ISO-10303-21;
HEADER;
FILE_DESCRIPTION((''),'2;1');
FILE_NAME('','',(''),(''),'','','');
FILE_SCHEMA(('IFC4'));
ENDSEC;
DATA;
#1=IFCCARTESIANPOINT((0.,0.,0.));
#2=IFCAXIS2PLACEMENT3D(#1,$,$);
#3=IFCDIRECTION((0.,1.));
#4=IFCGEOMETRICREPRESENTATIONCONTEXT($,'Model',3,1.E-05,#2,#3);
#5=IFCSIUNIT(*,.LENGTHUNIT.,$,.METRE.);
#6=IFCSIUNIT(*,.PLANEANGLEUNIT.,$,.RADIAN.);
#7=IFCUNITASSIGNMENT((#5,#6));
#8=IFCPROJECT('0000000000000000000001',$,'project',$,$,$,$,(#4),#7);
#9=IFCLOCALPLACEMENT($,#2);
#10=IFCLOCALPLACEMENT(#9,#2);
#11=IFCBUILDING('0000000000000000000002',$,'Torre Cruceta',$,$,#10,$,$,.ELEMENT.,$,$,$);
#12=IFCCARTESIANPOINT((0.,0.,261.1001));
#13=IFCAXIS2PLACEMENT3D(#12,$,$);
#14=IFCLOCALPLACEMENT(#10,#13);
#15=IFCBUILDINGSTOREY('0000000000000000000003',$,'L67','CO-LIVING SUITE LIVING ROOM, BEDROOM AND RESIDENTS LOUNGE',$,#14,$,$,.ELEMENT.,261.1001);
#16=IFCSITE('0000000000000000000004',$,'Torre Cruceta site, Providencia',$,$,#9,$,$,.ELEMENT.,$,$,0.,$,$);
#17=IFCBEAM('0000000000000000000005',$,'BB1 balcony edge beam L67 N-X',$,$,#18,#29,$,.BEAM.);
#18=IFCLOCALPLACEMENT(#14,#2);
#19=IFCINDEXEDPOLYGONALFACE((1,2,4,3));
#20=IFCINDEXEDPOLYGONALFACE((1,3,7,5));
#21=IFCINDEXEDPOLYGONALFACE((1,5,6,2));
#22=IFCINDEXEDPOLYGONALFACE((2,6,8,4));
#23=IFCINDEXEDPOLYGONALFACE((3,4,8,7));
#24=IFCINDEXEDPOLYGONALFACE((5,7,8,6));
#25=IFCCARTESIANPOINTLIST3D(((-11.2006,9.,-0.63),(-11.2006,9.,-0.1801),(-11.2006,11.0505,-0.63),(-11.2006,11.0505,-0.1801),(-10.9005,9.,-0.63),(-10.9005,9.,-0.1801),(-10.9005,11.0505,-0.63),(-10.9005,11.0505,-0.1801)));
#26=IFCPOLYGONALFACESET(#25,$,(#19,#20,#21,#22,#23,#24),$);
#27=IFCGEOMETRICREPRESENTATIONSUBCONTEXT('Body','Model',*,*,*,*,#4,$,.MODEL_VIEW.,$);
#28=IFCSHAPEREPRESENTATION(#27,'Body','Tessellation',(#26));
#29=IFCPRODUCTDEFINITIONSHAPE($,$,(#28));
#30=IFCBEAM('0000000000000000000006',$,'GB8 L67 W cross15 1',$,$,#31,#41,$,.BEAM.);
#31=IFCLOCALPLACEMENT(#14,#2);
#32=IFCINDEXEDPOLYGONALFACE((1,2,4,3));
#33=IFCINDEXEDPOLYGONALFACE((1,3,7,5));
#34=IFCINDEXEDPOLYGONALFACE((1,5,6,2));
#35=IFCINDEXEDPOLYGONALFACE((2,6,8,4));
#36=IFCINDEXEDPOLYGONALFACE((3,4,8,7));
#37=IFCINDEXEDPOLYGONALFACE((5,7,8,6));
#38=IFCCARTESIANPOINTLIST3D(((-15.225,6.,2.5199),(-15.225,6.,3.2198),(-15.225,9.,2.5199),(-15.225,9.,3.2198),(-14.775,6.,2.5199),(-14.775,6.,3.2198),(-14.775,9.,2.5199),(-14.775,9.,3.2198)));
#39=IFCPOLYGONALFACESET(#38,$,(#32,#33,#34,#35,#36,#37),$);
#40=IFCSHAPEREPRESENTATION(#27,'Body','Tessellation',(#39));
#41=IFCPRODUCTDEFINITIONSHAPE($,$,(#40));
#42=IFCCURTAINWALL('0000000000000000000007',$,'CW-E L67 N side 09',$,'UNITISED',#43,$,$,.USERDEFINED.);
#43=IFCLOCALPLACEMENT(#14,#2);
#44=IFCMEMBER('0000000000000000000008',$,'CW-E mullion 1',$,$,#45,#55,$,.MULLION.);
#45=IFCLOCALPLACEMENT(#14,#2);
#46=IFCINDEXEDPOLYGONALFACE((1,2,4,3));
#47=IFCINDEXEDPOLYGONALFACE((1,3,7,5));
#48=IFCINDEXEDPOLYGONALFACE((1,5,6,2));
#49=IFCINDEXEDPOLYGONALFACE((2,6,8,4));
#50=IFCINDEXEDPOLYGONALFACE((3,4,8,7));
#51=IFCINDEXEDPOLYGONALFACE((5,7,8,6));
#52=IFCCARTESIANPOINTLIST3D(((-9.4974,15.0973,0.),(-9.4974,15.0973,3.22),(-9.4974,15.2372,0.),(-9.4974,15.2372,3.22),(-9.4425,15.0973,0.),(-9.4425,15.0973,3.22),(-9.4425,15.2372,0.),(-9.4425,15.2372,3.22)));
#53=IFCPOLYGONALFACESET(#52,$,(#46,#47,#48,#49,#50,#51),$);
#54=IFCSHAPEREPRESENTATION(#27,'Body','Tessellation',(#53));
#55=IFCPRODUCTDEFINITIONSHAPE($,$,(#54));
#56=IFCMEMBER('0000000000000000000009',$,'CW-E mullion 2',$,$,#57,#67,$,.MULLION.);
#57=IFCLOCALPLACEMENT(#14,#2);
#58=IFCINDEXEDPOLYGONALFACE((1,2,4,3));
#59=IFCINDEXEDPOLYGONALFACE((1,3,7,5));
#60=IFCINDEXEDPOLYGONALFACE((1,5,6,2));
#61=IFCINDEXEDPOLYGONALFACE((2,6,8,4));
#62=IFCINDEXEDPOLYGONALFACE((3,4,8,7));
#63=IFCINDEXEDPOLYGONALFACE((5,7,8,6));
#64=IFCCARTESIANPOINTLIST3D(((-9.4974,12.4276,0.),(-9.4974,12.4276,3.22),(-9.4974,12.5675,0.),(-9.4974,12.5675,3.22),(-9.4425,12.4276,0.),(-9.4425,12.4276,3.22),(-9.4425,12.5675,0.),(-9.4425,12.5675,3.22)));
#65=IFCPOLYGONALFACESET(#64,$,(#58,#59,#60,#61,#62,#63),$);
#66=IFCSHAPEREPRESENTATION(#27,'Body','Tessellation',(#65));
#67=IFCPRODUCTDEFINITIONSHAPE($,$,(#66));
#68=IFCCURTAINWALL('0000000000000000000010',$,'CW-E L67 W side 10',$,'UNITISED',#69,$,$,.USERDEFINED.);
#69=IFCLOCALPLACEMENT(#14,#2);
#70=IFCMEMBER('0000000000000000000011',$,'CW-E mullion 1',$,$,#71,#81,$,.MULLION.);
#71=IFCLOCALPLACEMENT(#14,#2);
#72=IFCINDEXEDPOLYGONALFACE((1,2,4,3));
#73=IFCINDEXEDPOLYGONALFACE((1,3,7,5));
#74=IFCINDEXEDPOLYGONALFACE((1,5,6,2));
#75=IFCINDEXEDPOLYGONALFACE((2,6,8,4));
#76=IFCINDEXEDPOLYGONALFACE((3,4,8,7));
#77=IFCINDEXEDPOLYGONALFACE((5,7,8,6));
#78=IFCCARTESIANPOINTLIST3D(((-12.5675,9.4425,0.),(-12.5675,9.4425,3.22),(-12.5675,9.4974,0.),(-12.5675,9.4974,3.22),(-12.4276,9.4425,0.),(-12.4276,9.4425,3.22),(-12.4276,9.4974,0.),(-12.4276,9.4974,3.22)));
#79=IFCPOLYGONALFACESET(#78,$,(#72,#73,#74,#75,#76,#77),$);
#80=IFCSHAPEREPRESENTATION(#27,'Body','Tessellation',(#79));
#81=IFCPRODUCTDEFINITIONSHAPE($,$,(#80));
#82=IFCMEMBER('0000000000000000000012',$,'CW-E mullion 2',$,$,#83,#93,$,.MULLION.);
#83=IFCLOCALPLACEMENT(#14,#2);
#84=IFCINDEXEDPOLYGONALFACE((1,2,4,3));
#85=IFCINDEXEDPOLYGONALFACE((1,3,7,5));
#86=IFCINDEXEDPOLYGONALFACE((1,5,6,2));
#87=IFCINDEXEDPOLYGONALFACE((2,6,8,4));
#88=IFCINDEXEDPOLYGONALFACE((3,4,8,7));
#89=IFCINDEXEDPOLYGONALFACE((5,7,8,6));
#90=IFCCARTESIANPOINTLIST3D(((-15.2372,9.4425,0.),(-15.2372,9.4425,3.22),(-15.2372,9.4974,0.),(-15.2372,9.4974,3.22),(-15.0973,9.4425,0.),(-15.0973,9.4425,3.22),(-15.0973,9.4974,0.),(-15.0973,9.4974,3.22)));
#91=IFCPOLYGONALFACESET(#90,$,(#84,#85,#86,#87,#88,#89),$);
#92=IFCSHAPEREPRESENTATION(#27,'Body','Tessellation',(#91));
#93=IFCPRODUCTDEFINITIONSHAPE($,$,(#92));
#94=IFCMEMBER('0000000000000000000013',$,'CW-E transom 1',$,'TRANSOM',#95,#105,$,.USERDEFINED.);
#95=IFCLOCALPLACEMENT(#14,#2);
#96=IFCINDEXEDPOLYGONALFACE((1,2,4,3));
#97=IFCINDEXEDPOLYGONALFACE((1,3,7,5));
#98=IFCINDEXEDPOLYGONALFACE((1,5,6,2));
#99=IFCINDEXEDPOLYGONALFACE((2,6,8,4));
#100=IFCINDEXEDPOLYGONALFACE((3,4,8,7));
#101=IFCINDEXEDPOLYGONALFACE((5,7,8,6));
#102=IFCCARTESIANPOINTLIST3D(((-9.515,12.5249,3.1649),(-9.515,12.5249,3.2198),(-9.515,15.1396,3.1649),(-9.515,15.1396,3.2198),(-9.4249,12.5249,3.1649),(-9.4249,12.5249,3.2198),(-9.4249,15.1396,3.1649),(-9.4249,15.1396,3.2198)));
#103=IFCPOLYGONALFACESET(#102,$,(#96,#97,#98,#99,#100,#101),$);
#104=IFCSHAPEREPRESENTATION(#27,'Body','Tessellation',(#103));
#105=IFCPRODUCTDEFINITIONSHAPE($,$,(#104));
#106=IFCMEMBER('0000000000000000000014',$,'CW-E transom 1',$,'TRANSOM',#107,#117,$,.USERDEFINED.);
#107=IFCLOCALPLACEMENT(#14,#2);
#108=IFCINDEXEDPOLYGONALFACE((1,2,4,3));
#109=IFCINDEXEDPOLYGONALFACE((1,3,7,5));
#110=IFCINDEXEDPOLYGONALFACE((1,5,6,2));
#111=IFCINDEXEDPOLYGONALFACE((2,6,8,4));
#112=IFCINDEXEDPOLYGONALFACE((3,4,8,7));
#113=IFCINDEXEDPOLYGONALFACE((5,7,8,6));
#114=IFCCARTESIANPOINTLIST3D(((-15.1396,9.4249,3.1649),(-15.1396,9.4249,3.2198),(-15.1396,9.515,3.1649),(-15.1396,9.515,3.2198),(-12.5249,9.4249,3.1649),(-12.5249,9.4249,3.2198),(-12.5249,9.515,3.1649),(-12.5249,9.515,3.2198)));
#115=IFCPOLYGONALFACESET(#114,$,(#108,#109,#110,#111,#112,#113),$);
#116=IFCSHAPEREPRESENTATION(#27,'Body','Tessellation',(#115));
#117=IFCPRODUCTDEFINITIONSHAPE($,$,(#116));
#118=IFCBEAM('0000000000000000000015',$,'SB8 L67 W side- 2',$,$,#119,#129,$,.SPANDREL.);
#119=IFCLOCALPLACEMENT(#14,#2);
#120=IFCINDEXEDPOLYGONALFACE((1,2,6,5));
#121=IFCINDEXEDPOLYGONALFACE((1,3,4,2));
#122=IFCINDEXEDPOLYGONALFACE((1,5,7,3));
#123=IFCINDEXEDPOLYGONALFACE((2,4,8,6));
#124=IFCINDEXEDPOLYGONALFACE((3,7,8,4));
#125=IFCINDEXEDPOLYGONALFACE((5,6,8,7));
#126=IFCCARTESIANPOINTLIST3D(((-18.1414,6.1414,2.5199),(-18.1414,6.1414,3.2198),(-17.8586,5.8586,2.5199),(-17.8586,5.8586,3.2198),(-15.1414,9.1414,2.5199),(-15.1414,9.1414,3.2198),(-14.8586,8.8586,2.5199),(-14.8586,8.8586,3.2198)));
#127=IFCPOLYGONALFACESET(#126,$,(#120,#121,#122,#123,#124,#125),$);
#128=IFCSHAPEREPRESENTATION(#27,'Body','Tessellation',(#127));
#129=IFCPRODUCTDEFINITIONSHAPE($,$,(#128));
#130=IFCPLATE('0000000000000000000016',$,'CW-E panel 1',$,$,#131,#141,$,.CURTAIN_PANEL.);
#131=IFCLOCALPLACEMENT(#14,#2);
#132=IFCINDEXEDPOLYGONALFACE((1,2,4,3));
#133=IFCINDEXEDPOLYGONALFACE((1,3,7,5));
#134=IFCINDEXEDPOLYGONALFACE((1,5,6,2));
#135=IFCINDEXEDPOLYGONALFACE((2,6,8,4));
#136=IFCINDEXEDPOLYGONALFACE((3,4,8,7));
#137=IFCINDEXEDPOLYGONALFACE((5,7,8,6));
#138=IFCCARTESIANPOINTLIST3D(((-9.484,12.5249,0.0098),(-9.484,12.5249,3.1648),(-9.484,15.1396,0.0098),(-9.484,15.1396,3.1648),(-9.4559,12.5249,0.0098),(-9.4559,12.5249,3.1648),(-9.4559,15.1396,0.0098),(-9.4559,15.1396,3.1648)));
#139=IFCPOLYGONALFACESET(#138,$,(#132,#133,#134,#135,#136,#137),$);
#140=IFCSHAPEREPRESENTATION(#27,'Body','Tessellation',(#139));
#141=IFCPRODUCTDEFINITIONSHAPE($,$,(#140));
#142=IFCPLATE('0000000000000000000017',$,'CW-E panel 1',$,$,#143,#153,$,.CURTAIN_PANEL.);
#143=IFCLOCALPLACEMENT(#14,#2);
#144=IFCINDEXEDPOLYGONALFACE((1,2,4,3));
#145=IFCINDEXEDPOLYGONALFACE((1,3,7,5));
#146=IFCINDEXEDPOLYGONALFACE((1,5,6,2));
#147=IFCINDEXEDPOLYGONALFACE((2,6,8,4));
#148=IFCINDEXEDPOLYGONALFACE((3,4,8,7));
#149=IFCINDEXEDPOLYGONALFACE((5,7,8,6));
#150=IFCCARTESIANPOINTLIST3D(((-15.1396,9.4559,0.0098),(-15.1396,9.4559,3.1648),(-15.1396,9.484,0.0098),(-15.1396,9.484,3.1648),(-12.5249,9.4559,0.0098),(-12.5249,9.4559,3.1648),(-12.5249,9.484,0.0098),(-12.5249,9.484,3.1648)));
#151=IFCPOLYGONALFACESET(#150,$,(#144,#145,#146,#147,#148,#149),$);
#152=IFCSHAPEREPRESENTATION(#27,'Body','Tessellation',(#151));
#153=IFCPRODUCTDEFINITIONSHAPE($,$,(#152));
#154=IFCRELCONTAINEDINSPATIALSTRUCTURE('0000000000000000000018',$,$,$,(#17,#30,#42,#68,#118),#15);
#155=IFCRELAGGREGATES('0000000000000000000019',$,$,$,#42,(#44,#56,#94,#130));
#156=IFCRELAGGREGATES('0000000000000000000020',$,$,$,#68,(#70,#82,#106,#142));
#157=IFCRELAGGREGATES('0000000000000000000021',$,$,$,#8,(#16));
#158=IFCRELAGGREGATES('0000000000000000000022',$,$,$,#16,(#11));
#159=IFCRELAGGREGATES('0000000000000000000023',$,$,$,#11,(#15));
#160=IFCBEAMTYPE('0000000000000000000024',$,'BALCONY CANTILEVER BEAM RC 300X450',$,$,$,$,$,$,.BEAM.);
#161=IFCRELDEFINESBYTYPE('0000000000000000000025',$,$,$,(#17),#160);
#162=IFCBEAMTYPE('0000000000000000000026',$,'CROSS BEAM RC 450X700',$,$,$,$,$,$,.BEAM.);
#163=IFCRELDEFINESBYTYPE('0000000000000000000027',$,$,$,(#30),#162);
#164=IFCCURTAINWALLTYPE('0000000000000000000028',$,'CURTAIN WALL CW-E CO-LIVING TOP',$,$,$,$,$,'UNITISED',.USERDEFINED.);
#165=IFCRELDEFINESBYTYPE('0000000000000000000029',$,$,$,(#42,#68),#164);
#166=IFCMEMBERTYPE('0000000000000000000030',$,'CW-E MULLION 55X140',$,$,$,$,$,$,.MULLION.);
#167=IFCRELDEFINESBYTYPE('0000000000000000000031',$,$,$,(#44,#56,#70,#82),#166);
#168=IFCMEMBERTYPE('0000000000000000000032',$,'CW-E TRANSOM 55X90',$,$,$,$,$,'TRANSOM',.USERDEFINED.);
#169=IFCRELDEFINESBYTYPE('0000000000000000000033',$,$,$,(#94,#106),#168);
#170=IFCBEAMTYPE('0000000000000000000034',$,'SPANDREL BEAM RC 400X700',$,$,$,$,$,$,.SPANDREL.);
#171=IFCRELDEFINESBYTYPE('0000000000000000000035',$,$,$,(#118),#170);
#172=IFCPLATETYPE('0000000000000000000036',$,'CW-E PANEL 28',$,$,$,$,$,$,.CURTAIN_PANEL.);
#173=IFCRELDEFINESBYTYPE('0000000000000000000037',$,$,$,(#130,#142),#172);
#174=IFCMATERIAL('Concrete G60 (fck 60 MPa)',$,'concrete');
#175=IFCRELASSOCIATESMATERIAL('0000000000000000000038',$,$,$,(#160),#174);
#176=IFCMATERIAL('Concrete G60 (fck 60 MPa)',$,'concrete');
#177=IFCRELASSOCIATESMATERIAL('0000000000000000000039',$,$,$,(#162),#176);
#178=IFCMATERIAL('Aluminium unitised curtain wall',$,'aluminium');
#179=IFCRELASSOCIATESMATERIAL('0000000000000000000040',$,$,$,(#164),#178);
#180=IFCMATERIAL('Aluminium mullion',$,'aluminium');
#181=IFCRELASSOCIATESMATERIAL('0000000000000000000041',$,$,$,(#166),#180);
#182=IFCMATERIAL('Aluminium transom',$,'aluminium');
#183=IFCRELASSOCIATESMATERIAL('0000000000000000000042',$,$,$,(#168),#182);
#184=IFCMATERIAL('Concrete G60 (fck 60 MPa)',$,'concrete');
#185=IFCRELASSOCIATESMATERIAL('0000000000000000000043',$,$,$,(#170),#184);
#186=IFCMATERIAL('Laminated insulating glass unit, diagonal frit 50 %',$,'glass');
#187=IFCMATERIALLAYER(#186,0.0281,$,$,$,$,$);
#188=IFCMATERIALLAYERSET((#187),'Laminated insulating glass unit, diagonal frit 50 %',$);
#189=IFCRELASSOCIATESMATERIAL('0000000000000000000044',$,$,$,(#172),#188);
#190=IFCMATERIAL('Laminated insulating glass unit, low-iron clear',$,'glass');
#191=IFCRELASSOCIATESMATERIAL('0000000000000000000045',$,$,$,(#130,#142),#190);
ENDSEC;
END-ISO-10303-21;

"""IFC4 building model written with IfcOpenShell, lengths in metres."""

from ifc_helpers import new_model, si_unit, direction, frame, origin, origin_2d, place, context, subcontext, project, spatial, rectangle, extrude, material, layer, layer_set, material_profile, profile_set, type_object, element, aggregate, save


model = new_model("IFC4")

# Units and contexts
model_context = context("Model", 3, precision=1e-05, world=origin(), true_north=direction((0.0, 1.0)))
body_context = subcontext(model_context, "Body", "Model", "MODEL_VIEW")
ifc_project = project(units=[si_unit("LENGTHUNIT", "METRE"), si_unit("PLANEANGLEUNIT", "RADIAN")], contexts=[model_context])

# Site, building, storey
site_placement = place(None, origin())
site = spatial("IfcSite", under=ifc_project, at=site_placement, Name="Torre Cruceta site, Providencia", CompositionType="ELEMENT", RefElevation=0.0)
building_placement = place(site_placement, origin())
building = spatial("IfcBuilding", under=site, at=building_placement, Name="Torre Cruceta", CompositionType="ELEMENT")
storey_placement = place(building_placement, frame((0.0, 0.0, 261.1001)))
storey = spatial("IfcBuildingStorey", under=building, at=storey_placement, Name="L67", Description="CO-LIVING SUITE LIVING ROOM, BEDROOM AND RESIDENTS LOUNGE", CompositionType="ELEMENT", Elevation=261.1001)

# Beams
ifc_material_1 = material(Name="Concrete G60 (fck 60 MPa)", Category="concrete")
ifc_material_profile_1 = material_profile(ifc_material_1, rectangle(XDim=0.3, YDim=0.45, at=origin_2d()), Name="RC 300X450")
ifc_profile_set_1 = profile_set([ifc_material_profile_1], Name="Concrete G60 (fck 60 MPa)")
beam_type_1 = type_object("IfcBeamType", Name="BALCONY CANTILEVER BEAM RC 300X450", PredefinedType="BEAM", material=ifc_profile_set_1)
beam_1_placement = place(storey_placement, frame((-11.0505, 9.0, -0.405), z_axis=(0.0, 1.0, 0.0), x_axis=(-1.0, 0.0, 0.0)))
element("IfcBeam", 1, at=beam_1_placement, inside=storey, type_object=beam_type_1, Name="BB1 balcony edge beam L67 N-X", PredefinedType="BEAM", context=body_context, shape_type="SweptSolid", body=[
    extrude(rectangle(XDim=0.3, YDim=0.45, at=origin_2d()), origin(), (0.0, 0.0, 1.0), 2.0505),
])
ifc_material_2 = material(Name="Concrete G60 (fck 60 MPa)", Category="concrete")
ifc_material_profile_2 = material_profile(ifc_material_2, rectangle(XDim=0.45, YDim=0.7, at=origin_2d()), Name="RC 450X700")
ifc_profile_set_2 = profile_set([ifc_material_profile_2], Name="Concrete G60 (fck 60 MPa)")
beam_type_2 = type_object("IfcBeamType", Name="CROSS BEAM RC 450X700", PredefinedType="BEAM", material=ifc_profile_set_2)
beam_2_placement = place(storey_placement, frame((-15.0, 9.0, 2.8699), z_axis=(0.0, -1.0, 0.0), x_axis=(1.0, 0.0, 0.0)))
element("IfcBeam", 2, at=beam_2_placement, inside=storey, type_object=beam_type_2, Name="GB8 L67 W cross15 1", PredefinedType="BEAM", context=body_context, shape_type="SweptSolid", body=[
    extrude(rectangle(XDim=0.45, YDim=0.7, at=origin_2d()), origin(), (0.0, 0.0, 1.0), 3.0),
])

# Curtain walls, members
ifc_material_3 = material(Name="Aluminium unitised curtain wall", Category="aluminium")
curtain_wall_type = type_object("IfcCurtainWallType", Name="CURTAIN WALL CW-E CO-LIVING TOP", ElementType="UNITISED", PredefinedType="USERDEFINED", material=ifc_material_3)
curtain_wall_1_placement = place(storey_placement, origin())
curtain_wall_1 = element("IfcCurtainWall", 3, at=curtain_wall_1_placement, inside=storey, type_object=curtain_wall_type, Name="CW-E L67 N side 09", ObjectType="UNITISED", PredefinedType="USERDEFINED")
ifc_material_4 = material(Name="Aluminium mullion", Category="aluminium")
ifc_material_profile_3 = material_profile(ifc_material_4, rectangle(XDim=0.0549, YDim=0.1399, at=origin_2d()), Name="AL 55X140")
ifc_profile_set_3 = profile_set([ifc_material_profile_3], Name="Aluminium mullion")
member_type_1 = type_object("IfcMemberType", Name="CW-E MULLION 55X140", PredefinedType="MULLION", material=ifc_profile_set_3)
member_1_placement = place(storey_placement, frame((-9.47, 15.1672, 0.0), z_axis=(0.0, 0.0, 1.0), x_axis=(1.0, 0.0, 0.0)))
member_1 = element("IfcMember", 4, at=member_1_placement, type_object=member_type_1, Name="CW-E mullion 1", PredefinedType="MULLION", context=body_context, shape_type="SweptSolid", body=[
    extrude(rectangle(XDim=0.0549, YDim=0.1399, at=origin_2d()), origin(), (0.0, 0.0, 1.0), 3.22),
])
member_2_placement = place(storey_placement, frame((-9.47, 12.4976, 0.0), z_axis=(0.0, 0.0, 1.0), x_axis=(1.0, 0.0, 0.0)))
member_2 = element("IfcMember", 5, at=member_2_placement, type_object=member_type_1, Name="CW-E mullion 2", PredefinedType="MULLION", context=body_context, shape_type="SweptSolid", body=[
    extrude(rectangle(XDim=0.0549, YDim=0.1399, at=origin_2d()), origin(), (0.0, 0.0, 1.0), 3.22),
])
curtain_wall_2_placement = place(storey_placement, origin())
curtain_wall_2 = element("IfcCurtainWall", 6, at=curtain_wall_2_placement, inside=storey, type_object=curtain_wall_type, Name="CW-E L67 W side 10", ObjectType="UNITISED", PredefinedType="USERDEFINED")
member_3_placement = place(storey_placement, frame((-12.4976, 9.47, 0.0), z_axis=(0.0, 0.0, 1.0), x_axis=(0.0, -1.0, 0.0)))
member_3 = element("IfcMember", 7, at=member_3_placement, type_object=member_type_1, Name="CW-E mullion 1", PredefinedType="MULLION", context=body_context, shape_type="SweptSolid", body=[
    extrude(rectangle(XDim=0.0549, YDim=0.1399, at=origin_2d()), origin(), (0.0, 0.0, 1.0), 3.22),
])
member_4_placement = place(storey_placement, frame((-15.1672, 9.47, 0.0), z_axis=(0.0, 0.0, 1.0), x_axis=(0.0, -1.0, 0.0)))
member_4 = element("IfcMember", 8, at=member_4_placement, type_object=member_type_1, Name="CW-E mullion 2", PredefinedType="MULLION", context=body_context, shape_type="SweptSolid", body=[
    extrude(rectangle(XDim=0.0549, YDim=0.1399, at=origin_2d()), origin(), (0.0, 0.0, 1.0), 3.22),
])

# Members
ifc_material_5 = material(Name="Aluminium transom", Category="aluminium")
ifc_material_profile_4 = material_profile(ifc_material_5, rectangle(XDim=0.0901, YDim=0.0549, at=origin_2d()), Name="AL 90X55")
ifc_profile_set_4 = profile_set([ifc_material_profile_4], Name="Aluminium transom")
member_type_2 = type_object("IfcMemberType", Name="CW-E TRANSOM 55X90", ElementType="TRANSOM", PredefinedType="USERDEFINED", material=ifc_profile_set_4)
member_5_placement = place(storey_placement, frame((-9.47, 15.1396, 3.1924), z_axis=(0.0, -1.0, 0.0), x_axis=(1.0, 0.0, 0.0)))
member_5 = element("IfcMember", 9, at=member_5_placement, type_object=member_type_2, Name="CW-E transom 1", ObjectType="TRANSOM", PredefinedType="USERDEFINED", context=body_context, shape_type="SweptSolid", body=[
    extrude(rectangle(XDim=0.0901, YDim=0.0549, at=origin_2d()), origin(), (0.0, 0.0, 1.0), 2.6147),
])
member_6_placement = place(storey_placement, frame((-12.5249, 9.47, 3.1924), z_axis=(-1.0, 0.0, 0.0), x_axis=(0.0, -1.0, 0.0)))
member_6 = element("IfcMember", 10, at=member_6_placement, type_object=member_type_2, Name="CW-E transom 1", ObjectType="TRANSOM", PredefinedType="USERDEFINED", context=body_context, shape_type="SweptSolid", body=[
    extrude(rectangle(XDim=0.0901, YDim=0.0549, at=origin_2d()), origin(), (0.0, 0.0, 1.0), 2.6147),
])

# Beam
ifc_material_6 = material(Name="Concrete G60 (fck 60 MPa)", Category="concrete")
ifc_material_profile_5 = material_profile(ifc_material_6, rectangle(XDim=0.3999, YDim=0.7, at=origin_2d()), Name="RC 400X700")
ifc_profile_set_5 = profile_set([ifc_material_profile_5], Name="Concrete G60 (fck 60 MPa)")
beam_type_3 = type_object("IfcBeamType", Name="SPANDREL BEAM RC 400X700", PredefinedType="SPANDREL", material=ifc_profile_set_5)
beam_3_placement = place(storey_placement, frame((-15.0, 9.0, 2.8699), z_axis=(-0.707107, -0.707107, 0.0), x_axis=(0.707107, -0.707107, 0.0)))
element("IfcBeam", 11, at=beam_3_placement, inside=storey, type_object=beam_type_3, Name="SB8 L67 W side- 2", PredefinedType="SPANDREL", context=body_context, shape_type="SweptSolid", body=[
    extrude(rectangle(XDim=0.3999, YDim=0.7, at=origin_2d()), origin(), (0.0, 0.0, 1.0), 4.2427),
])

# Plates
ifc_material_7 = material(Name="Laminated insulating glass unit, low-iron clear", Category="glass")
ifc_material_8 = material(Name="Laminated insulating glass unit, diagonal frit 50 %", Category="glass")
ifc_layer_1 = layer(ifc_material_8, 0.0281)
ifc_layer_set_1 = layer_set([ifc_layer_1], Name="Laminated insulating glass unit, diagonal frit 50 %")
plate_type = type_object("IfcPlateType", Name="CW-E PANEL 28", PredefinedType="CURTAIN_PANEL", material=ifc_layer_set_1)
plate_1_placement = place(storey_placement, frame((-9.47, 13.8323, 0.0098), z_axis=(0.0, 0.0, 1.0), x_axis=(0.0, -1.0, 0.0)))
plate_1 = element("IfcPlate", 12, at=plate_1_placement, type_object=plate_type, material=ifc_material_7, Name="CW-E panel 1", PredefinedType="CURTAIN_PANEL", context=body_context, shape_type="SweptSolid", body=[
    extrude(rectangle(XDim=2.6147, YDim=0.0281, at=origin_2d()), origin(), (0.0, 0.0, 1.0), 3.155),
])
aggregate(curtain_wall_1, [member_1, member_2, member_5, plate_1])
plate_2_placement = place(storey_placement, frame((-13.8323, 9.47, 0.0098), z_axis=(0.0, 0.0, 1.0), x_axis=(-1.0, 0.0, 0.0)))
plate_2 = element("IfcPlate", 13, at=plate_2_placement, type_object=plate_type, material=ifc_material_7, Name="CW-E panel 1", PredefinedType="CURTAIN_PANEL", context=body_context, shape_type="SweptSolid", body=[
    extrude(rectangle(XDim=2.6147, YDim=0.0281, at=origin_2d()), origin(), (0.0, 0.0, 1.0), 3.155),
])
aggregate(curtain_wall_2, [member_3, member_4, member_6, plate_2])

save(model, "model.ifc")
